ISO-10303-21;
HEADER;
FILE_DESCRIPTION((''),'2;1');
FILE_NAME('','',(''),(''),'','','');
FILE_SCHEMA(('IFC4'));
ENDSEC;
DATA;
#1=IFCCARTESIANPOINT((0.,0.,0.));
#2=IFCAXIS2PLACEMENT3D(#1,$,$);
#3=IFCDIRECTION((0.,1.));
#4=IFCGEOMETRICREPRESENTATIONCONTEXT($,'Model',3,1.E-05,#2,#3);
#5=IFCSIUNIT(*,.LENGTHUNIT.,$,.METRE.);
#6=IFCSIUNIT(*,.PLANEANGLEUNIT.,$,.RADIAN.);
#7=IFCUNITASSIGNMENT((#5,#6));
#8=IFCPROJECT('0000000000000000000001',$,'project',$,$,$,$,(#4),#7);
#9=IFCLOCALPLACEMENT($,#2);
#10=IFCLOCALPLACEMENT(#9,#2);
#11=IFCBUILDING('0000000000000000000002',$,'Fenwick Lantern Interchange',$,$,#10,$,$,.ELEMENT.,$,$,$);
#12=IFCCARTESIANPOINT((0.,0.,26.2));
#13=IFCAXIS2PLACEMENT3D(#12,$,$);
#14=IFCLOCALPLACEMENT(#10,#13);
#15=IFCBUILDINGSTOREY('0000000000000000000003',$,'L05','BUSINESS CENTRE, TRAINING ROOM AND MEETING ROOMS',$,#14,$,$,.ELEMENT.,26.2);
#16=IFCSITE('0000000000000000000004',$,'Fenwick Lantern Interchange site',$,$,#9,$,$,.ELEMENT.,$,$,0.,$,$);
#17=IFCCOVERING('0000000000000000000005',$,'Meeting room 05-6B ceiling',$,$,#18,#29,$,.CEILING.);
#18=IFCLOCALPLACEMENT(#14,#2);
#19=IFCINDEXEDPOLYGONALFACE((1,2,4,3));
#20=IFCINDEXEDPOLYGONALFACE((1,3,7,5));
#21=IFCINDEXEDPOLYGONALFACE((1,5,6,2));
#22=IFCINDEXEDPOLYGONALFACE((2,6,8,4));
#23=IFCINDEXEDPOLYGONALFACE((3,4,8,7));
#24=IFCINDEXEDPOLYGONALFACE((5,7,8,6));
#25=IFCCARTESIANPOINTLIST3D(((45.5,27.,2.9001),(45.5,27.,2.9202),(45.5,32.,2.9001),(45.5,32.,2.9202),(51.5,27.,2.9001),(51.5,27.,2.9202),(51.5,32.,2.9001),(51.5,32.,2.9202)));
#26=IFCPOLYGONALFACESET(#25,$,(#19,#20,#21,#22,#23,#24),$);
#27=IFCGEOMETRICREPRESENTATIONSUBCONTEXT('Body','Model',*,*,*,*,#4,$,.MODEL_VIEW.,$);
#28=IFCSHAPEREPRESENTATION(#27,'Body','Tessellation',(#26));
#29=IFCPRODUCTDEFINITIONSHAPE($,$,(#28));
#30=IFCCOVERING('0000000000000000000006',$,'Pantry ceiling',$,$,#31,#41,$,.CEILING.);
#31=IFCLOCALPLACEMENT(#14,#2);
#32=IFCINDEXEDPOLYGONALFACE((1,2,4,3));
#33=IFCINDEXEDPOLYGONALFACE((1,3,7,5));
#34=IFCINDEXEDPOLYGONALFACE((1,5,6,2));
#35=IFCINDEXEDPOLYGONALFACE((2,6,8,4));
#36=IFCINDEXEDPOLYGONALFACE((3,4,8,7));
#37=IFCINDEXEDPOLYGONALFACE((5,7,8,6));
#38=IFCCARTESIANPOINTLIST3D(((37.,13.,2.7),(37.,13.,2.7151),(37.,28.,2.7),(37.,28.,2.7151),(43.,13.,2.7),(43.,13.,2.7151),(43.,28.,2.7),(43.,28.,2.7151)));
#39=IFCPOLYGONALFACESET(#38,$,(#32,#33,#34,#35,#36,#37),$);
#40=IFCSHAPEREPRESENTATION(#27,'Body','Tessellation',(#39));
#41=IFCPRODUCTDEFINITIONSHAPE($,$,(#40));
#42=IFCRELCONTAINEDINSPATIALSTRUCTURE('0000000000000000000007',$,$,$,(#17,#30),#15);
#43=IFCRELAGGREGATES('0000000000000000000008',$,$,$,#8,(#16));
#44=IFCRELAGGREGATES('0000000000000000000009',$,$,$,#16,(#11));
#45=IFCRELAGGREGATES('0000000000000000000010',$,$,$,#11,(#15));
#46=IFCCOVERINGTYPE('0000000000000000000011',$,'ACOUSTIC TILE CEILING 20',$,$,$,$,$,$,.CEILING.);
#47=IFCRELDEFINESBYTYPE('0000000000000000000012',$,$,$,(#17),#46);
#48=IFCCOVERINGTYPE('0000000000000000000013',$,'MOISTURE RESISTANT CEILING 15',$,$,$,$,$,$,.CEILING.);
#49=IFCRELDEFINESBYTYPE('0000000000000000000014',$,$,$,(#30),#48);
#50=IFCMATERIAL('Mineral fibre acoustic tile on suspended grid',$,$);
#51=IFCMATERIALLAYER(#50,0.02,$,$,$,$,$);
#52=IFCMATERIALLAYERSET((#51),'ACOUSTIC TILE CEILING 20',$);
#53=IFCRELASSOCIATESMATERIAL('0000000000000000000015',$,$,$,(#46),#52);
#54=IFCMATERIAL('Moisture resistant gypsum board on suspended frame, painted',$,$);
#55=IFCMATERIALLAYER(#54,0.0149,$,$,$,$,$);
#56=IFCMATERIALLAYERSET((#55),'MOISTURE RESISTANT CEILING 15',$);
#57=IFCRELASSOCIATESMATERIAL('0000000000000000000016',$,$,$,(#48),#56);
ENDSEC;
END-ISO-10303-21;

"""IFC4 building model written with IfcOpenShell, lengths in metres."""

from ifc_helpers import new_model, si_unit, direction, frame, origin, place, context, subcontext, project, spatial, polyline, outline, extrude, material, layer, layer_set, type_object, element, save


model = new_model("IFC4")

# Units and contexts
model_context = context("Model", 3, precision=1e-05, world=origin(), true_north=direction((0.0, 1.0)))
body_context = subcontext(model_context, "Body", "Model", "MODEL_VIEW")
ifc_project = project(units=[si_unit("LENGTHUNIT", "METRE"), si_unit("PLANEANGLEUNIT", "RADIAN")], contexts=[model_context])

# Site, building, storey
site_placement = place(None, origin())
site = spatial("IfcSite", under=ifc_project, at=site_placement, Name="Fenwick Lantern Interchange site", CompositionType="ELEMENT", RefElevation=0.0)
building_placement = place(site_placement, origin())
building = spatial("IfcBuilding", under=site, at=building_placement, Name="Fenwick Lantern Interchange", CompositionType="ELEMENT")
storey_placement = place(building_placement, frame((0.0, 0.0, 26.2)))
storey = spatial("IfcBuildingStorey", under=building, at=storey_placement, Name="L05", Description="BUSINESS CENTRE, TRAINING ROOM AND MEETING ROOMS", CompositionType="ELEMENT", Elevation=26.2)

# Coverings
ifc_material_1 = material(Name="Mineral fibre acoustic tile on suspended grid")
ifc_layer_1 = layer(ifc_material_1, 0.02)
ifc_layer_set_1 = layer_set([ifc_layer_1], Name="ACOUSTIC TILE CEILING 20")
covering_type_1 = type_object("IfcCoveringType", Name="ACOUSTIC TILE CEILING 20", PredefinedType="CEILING", material=ifc_layer_set_1)
covering_1_placement = place(storey_placement, frame((0.0, 0.0, 2.9001)))
element("IfcCovering", 1, at=covering_1_placement, inside=storey, type_object=covering_type_1, Name="Meeting room 05-6B ceiling", PredefinedType="CEILING", context=body_context, shape_type="SweptSolid", body=[
    extrude(outline(polyline([(45.5, 32.0), (45.5, 27.0), (51.5, 27.0), (51.5, 32.0), (45.5, 32.0)])), origin(), (0.0, 0.0, 1.0), 0.02),
])
ifc_material_2 = material(Name="Moisture resistant gypsum board on suspended frame, painted")
ifc_layer_2 = layer(ifc_material_2, 0.0149)
ifc_layer_set_2 = layer_set([ifc_layer_2], Name="MOISTURE RESISTANT CEILING 15")
covering_type_2 = type_object("IfcCoveringType", Name="MOISTURE RESISTANT CEILING 15", PredefinedType="CEILING", material=ifc_layer_set_2)
covering_2_placement = place(storey_placement, frame((0.0, 0.0, 2.7)))
element("IfcCovering", 2, at=covering_2_placement, inside=storey, type_object=covering_type_2, Name="Pantry ceiling", PredefinedType="CEILING", context=body_context, shape_type="SweptSolid", body=[
    extrude(outline(polyline([(37.0, 13.0), (43.0, 13.0), (43.0, 28.0), (37.0, 28.0), (37.0, 13.0)])), origin(), (0.0, 0.0, 1.0), 0.0151),
])

save(model, "model.ifc")
